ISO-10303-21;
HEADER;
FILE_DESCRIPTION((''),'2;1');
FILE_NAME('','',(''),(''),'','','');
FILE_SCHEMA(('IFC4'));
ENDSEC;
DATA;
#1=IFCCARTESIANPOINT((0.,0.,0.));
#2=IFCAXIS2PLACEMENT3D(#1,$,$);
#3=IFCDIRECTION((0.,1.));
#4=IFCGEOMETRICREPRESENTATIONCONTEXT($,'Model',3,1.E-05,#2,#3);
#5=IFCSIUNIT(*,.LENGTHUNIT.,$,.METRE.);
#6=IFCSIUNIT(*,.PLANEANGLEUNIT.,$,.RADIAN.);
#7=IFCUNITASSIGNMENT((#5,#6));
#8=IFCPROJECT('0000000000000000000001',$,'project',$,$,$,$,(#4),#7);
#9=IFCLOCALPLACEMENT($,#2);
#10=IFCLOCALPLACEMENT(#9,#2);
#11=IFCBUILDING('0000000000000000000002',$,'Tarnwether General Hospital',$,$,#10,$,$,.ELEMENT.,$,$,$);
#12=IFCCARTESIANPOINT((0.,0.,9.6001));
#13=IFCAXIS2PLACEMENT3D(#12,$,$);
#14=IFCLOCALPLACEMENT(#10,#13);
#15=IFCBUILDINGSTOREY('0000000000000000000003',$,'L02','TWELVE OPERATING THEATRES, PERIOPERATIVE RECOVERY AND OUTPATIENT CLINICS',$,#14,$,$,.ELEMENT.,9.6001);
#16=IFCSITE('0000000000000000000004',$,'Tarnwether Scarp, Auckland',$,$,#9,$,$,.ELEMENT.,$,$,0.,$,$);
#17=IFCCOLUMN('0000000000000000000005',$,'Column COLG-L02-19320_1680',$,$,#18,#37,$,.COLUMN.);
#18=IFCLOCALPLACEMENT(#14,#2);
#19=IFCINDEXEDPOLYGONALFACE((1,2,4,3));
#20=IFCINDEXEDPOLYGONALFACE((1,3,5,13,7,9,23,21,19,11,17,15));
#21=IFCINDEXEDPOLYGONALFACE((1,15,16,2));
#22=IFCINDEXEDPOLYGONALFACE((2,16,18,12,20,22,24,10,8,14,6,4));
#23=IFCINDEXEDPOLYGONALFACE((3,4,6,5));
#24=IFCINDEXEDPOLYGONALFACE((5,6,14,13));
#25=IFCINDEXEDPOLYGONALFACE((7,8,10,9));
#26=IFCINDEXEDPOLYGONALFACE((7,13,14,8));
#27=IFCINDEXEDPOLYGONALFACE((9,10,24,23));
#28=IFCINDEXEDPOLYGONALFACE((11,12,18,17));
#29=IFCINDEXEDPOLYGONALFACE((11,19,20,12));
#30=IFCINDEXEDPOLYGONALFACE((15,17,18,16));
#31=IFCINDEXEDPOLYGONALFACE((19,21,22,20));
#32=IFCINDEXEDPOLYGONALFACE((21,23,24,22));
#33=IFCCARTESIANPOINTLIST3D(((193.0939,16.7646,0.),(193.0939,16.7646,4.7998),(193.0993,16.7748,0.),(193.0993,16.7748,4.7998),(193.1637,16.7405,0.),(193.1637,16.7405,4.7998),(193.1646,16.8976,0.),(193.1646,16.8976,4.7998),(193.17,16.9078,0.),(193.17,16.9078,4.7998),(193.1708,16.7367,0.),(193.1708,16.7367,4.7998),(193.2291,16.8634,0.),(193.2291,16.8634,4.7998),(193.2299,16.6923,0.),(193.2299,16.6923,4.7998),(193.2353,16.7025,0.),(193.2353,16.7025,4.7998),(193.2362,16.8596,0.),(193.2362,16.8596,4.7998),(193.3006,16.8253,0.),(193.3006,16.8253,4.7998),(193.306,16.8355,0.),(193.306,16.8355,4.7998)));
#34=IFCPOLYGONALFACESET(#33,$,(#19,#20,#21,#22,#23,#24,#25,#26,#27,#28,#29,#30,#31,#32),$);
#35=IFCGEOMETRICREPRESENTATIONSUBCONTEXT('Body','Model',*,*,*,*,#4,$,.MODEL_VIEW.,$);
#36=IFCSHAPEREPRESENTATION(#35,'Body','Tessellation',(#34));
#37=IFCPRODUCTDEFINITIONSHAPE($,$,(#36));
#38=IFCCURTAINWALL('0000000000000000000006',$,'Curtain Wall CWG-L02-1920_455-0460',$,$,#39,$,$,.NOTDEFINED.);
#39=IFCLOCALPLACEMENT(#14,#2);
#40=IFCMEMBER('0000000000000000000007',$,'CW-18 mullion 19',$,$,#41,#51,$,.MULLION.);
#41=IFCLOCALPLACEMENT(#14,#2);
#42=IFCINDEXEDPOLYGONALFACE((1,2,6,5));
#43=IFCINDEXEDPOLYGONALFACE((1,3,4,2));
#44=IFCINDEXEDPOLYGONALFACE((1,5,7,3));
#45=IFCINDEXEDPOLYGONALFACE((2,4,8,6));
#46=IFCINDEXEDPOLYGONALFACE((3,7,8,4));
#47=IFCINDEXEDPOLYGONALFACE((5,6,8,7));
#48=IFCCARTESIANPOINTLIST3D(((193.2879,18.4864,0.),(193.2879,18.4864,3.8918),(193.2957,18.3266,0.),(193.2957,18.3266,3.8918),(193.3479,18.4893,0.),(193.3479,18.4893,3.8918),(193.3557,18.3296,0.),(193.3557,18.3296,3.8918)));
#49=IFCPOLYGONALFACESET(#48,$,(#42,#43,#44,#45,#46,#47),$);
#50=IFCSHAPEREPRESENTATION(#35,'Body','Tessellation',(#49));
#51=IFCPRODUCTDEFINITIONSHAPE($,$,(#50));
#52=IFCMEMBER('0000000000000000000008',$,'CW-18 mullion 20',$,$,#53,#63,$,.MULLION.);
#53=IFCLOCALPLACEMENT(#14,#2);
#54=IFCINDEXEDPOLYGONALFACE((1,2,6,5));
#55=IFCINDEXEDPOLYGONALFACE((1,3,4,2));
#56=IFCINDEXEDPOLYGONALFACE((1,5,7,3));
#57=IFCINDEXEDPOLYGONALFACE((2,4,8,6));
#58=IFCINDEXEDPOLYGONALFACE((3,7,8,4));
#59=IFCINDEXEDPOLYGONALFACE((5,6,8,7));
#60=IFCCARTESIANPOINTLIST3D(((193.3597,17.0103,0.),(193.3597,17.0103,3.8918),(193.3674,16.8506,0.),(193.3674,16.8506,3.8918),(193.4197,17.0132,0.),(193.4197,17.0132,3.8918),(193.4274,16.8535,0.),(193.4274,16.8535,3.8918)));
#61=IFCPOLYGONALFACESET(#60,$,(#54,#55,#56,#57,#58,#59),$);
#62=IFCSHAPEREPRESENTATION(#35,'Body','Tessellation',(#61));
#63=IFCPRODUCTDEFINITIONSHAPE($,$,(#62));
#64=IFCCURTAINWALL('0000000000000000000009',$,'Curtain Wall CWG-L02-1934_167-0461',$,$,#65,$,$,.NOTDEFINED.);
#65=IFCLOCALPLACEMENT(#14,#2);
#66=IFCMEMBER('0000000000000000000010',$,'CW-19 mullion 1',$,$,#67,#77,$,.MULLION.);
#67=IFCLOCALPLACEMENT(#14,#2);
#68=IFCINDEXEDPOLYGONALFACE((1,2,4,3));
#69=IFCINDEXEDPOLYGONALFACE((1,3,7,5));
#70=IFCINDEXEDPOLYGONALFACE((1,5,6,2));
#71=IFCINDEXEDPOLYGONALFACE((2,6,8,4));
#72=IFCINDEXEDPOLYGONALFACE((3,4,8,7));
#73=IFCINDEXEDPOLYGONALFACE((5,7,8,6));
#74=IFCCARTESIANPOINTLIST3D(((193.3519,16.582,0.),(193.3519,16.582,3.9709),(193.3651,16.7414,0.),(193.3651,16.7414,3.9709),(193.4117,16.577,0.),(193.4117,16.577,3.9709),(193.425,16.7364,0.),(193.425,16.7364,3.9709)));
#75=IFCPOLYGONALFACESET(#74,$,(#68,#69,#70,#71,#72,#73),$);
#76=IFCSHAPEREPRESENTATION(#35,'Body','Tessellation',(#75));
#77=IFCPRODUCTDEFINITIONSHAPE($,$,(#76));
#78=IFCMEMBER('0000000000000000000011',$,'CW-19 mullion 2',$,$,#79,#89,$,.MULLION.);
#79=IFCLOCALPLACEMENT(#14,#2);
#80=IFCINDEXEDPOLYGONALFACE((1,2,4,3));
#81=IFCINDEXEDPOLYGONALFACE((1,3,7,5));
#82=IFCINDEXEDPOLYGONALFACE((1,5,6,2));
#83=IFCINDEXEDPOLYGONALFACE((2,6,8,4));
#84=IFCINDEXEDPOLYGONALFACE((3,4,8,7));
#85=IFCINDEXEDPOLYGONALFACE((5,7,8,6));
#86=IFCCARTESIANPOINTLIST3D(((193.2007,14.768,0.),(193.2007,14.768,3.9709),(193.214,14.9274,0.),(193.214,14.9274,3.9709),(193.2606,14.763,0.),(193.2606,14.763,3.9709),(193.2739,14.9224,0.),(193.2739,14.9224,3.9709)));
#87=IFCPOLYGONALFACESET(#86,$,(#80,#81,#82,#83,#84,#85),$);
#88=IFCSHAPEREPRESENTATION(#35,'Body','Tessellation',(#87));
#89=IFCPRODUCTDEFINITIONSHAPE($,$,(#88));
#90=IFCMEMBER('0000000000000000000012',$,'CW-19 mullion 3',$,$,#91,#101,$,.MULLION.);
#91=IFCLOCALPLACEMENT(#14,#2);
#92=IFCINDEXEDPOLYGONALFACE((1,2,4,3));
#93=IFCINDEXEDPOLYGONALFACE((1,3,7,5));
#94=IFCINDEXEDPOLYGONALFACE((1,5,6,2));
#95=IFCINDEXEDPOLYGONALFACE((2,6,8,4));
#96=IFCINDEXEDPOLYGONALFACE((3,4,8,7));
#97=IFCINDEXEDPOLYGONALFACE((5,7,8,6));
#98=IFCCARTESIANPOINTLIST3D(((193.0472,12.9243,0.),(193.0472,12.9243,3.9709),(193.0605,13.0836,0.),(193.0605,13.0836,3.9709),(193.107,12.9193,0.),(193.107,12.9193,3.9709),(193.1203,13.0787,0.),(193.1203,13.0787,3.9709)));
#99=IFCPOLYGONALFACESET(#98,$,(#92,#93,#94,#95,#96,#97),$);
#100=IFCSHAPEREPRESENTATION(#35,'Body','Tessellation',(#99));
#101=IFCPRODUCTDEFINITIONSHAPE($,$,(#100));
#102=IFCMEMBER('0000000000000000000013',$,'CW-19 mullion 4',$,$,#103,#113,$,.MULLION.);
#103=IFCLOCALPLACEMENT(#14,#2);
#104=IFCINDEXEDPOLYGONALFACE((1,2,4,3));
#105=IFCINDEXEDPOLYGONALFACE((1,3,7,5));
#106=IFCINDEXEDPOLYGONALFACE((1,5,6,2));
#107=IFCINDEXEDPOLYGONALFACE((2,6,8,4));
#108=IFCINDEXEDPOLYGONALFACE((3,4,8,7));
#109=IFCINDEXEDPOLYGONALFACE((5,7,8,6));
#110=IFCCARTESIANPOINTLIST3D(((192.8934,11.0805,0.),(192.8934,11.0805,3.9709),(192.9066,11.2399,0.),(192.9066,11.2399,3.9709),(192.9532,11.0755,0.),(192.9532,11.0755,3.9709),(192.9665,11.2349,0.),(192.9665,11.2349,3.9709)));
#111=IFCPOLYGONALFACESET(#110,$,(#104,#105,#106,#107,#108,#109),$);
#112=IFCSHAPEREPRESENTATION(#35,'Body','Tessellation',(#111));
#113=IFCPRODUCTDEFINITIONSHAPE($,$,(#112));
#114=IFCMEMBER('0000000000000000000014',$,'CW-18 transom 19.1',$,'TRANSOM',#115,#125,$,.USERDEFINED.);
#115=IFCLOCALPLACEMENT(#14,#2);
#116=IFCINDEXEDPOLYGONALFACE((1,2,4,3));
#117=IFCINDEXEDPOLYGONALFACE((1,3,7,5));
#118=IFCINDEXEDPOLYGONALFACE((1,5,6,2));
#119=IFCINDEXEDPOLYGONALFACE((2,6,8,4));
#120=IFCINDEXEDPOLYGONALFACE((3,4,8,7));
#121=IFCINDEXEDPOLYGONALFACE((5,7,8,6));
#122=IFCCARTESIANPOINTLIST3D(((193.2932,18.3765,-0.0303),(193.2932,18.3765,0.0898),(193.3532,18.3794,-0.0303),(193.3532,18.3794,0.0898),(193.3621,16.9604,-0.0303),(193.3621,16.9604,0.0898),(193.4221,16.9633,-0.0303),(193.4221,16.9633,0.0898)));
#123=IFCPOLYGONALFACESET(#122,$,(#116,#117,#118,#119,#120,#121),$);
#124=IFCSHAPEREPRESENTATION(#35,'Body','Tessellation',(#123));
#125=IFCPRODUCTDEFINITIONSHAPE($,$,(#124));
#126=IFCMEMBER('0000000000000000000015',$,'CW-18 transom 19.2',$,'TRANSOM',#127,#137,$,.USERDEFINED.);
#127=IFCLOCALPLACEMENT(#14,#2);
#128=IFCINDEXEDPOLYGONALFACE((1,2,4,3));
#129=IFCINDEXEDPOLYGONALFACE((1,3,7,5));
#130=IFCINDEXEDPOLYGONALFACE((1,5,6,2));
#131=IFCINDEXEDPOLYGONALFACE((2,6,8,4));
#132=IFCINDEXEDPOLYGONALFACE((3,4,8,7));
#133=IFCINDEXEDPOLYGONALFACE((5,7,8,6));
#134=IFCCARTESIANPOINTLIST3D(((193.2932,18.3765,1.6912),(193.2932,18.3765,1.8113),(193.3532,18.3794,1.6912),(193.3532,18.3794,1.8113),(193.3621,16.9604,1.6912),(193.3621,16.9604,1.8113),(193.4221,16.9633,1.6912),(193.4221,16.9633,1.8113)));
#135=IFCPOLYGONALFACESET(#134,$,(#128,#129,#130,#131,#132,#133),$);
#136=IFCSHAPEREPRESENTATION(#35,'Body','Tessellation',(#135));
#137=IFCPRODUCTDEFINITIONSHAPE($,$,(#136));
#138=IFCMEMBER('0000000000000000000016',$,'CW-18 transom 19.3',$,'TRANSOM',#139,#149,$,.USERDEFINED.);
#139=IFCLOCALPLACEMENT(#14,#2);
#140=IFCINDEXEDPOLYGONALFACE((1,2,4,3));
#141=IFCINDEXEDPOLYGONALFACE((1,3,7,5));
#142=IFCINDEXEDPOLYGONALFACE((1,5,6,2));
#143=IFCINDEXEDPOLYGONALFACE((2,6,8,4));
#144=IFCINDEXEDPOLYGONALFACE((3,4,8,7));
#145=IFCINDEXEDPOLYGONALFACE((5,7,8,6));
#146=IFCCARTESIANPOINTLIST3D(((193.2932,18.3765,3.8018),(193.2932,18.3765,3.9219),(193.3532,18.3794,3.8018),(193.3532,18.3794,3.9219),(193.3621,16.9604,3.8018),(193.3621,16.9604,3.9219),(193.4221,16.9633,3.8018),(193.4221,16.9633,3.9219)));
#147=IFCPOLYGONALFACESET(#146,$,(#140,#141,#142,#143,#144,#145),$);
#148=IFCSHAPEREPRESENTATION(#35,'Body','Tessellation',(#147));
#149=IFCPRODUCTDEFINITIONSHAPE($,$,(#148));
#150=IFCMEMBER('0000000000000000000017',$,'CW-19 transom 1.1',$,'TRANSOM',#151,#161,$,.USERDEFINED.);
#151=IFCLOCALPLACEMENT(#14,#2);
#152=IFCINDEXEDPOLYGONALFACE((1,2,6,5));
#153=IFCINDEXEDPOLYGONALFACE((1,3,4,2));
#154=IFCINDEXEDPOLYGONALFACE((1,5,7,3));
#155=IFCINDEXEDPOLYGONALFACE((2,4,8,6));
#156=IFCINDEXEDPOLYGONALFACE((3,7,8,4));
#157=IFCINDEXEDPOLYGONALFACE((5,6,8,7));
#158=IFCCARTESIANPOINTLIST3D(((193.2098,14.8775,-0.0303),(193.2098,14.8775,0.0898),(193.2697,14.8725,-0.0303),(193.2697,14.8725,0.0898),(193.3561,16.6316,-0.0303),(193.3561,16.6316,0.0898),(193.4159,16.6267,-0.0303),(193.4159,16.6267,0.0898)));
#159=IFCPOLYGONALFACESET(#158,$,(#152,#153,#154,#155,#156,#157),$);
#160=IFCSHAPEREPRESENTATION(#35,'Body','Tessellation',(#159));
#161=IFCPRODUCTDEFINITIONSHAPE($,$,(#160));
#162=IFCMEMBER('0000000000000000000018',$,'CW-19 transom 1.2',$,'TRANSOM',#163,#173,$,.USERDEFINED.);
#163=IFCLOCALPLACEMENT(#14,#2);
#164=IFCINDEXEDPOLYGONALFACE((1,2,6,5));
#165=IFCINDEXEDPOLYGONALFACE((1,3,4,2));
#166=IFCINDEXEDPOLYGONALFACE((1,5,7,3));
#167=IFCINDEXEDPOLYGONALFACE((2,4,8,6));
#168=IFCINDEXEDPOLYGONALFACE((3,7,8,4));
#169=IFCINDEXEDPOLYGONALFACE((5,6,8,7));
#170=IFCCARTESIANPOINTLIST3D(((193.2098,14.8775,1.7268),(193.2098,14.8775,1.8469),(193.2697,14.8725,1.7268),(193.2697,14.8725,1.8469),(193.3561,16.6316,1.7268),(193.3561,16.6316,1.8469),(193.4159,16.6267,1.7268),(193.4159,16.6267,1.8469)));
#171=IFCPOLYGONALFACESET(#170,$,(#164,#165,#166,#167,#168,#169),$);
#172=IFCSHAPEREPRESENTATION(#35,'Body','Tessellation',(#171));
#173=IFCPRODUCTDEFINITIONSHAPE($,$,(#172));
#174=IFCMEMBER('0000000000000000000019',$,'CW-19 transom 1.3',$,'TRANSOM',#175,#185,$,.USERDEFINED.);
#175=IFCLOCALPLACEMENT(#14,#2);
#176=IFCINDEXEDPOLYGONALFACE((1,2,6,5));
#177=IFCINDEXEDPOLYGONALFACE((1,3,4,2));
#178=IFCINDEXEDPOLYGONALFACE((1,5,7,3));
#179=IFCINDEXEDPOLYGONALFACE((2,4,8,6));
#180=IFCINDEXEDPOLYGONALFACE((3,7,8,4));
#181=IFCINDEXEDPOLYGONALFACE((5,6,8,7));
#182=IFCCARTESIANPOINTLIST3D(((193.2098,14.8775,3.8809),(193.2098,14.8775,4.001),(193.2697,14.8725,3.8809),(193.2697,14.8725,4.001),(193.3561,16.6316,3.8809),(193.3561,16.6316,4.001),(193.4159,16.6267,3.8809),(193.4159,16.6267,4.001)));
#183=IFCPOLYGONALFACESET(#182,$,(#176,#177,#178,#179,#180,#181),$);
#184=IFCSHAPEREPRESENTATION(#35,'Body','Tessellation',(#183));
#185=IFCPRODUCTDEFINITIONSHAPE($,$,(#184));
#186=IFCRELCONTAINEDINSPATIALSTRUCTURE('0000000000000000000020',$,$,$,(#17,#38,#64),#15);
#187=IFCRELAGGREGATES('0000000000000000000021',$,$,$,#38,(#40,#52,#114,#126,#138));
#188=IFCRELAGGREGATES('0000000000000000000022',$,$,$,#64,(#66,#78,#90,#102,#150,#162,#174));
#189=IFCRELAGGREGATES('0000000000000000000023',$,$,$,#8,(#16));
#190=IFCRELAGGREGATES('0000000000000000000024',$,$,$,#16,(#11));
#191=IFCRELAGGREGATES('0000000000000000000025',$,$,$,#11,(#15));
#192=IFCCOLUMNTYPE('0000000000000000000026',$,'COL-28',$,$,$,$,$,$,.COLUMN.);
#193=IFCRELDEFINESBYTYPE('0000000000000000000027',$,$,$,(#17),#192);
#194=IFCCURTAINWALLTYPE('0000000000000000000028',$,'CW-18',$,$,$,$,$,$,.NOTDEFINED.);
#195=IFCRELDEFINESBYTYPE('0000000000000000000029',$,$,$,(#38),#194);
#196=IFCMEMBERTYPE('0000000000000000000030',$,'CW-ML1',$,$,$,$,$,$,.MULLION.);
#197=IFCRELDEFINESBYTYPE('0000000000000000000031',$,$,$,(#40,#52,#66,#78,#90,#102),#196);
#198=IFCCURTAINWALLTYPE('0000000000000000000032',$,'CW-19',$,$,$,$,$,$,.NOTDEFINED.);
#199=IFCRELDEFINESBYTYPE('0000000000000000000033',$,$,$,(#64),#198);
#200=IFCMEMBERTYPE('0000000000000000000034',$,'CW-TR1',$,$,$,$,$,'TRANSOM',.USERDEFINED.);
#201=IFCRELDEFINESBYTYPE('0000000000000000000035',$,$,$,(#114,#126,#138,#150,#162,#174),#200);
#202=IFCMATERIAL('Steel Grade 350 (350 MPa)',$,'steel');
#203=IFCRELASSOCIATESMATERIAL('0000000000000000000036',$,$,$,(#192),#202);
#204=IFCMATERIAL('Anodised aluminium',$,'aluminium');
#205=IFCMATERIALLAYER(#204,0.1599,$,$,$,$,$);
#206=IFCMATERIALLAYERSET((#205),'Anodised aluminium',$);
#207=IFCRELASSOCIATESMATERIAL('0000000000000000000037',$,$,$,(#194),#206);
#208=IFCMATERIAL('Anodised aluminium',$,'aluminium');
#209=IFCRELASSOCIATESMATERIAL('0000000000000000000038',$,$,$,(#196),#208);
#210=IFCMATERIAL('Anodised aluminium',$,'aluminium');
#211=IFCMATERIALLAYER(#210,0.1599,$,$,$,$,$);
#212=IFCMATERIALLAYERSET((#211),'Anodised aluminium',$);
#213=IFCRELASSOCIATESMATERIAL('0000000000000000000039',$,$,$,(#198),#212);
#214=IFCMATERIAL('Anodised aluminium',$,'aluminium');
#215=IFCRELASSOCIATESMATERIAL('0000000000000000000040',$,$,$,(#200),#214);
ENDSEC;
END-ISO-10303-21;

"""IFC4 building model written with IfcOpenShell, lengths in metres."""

from ifc_helpers import new_model, si_unit, direction, frame, origin, origin_2d, place, context, subcontext, project, spatial, rectangle, i_section, extrude, material, layer, layer_set, material_profile, profile_set, type_object, element, aggregate, save


model = new_model("IFC4")

# Units and contexts
model_context = context("Model", 3, precision=1e-05, world=origin(), true_north=direction((0.0, 1.0)))
body_context = subcontext(model_context, "Body", "Model", "MODEL_VIEW")
ifc_project = project(units=[si_unit("LENGTHUNIT", "METRE"), si_unit("PLANEANGLEUNIT", "RADIAN")], contexts=[model_context])

# Site, building, storey
site_placement = place(None, origin())
site = spatial("IfcSite", under=ifc_project, at=site_placement, Name="Tarnwether Scarp, Auckland", CompositionType="ELEMENT", RefElevation=0.0)
building_placement = place(site_placement, origin())
building = spatial("IfcBuilding", under=site, at=building_placement, Name="Tarnwether General Hospital", CompositionType="ELEMENT")
storey_placement = place(building_placement, frame((0.0, 0.0, 9.6001)))
storey = spatial("IfcBuildingStorey", under=building, at=storey_placement, Name="L02", Description="TWELVE OPERATING THEATRES, PERIOPERATIVE RECOVERY AND OUTPATIENT CLINICS", CompositionType="ELEMENT", Elevation=9.6001)

# Column
ifc_material_1 = material(Name="Steel Grade 350 (350 MPa)", Category="steel")
ifc_material_profile_1 = material_profile(ifc_material_1, i_section(OverallWidth=0.1541, OverallDepth=0.1621, WebThickness=0.0081, FlangeThickness=0.0115, at=origin_2d()), Name="150UC37.2")
ifc_profile_set_1 = profile_set([ifc_material_profile_1], Name="Steel Grade 350 (350 MPa)")
column_type = type_object("IfcColumnType", Name="COL-28", PredefinedType="COLUMN", material=ifc_profile_set_1)
column_placement = place(storey_placement, frame((193.2, 16.8, 0.0), z_axis=(0.0, 0.0, 1.0), x_axis=(0.882948, -0.469472, 0.0)))
element("IfcColumn", 1, at=column_placement, inside=storey, type_object=column_type, Name="Column COLG-L02-19320_1680", PredefinedType="COLUMN", context=body_context, shape_type="SweptSolid", body=[
    extrude(i_section(OverallWidth=0.1541, OverallDepth=0.1621, WebThickness=0.0081, FlangeThickness=0.0115, at=origin_2d()), origin(), (0.0, 0.0, 1.0), 4.7998),
])

# Curtain walls, members
ifc_material_2 = material(Name="Anodised aluminium", Category="aluminium")
ifc_layer_1 = layer(ifc_material_2, 0.1599)
ifc_layer_set_1 = layer_set([ifc_layer_1], Name="Anodised aluminium")
curtain_wall_type_1 = type_object("IfcCurtainWallType", Name="CW-18", PredefinedType="NOTDEFINED", material=ifc_layer_set_1)
curtain_wall_1_placement = place(storey_placement, origin())
curtain_wall_1 = element("IfcCurtainWall", 2, at=curtain_wall_1_placement, inside=storey, type_object=curtain_wall_type_1, Name="Curtain Wall CWG-L02-1920_455-0460", PredefinedType="NOTDEFINED")
ifc_material_3 = material(Name="Anodised aluminium", Category="aluminium")
ifc_material_profile_2 = material_profile(ifc_material_3, rectangle(XDim=0.0601, YDim=0.1599, at=origin_2d()), Name="ALU-MUL-60x160")
ifc_profile_set_2 = profile_set([ifc_material_profile_2], Name="Anodised aluminium")
member_type_1 = type_object("IfcMemberType", Name="CW-ML1", PredefinedType="MULLION", material=ifc_profile_set_2)
member_1_placement = place(storey_placement, frame((193.3218, 18.408, 0.0), z_axis=(0.0, 0.0, 1.0), x_axis=(0.99882, 0.04856, 0.0)))
member_1 = element("IfcMember", 3, at=member_1_placement, type_object=member_type_1, Name="CW-18 mullion 19", PredefinedType="MULLION", context=body_context, shape_type="SweptSolid", body=[
    extrude(rectangle(XDim=0.0601, YDim=0.1599, at=origin_2d()), origin(), (0.0, 0.0, 1.0), 3.8918),
])
member_2_placement = place(storey_placement, frame((193.3936, 16.9319, 0.0), z_axis=(0.0, 0.0, 1.0), x_axis=(0.99882, 0.04856, 0.0)))
member_2 = element("IfcMember", 4, at=member_2_placement, type_object=member_type_1, Name="CW-18 mullion 20", PredefinedType="MULLION", context=body_context, shape_type="SweptSolid", body=[
    extrude(rectangle(XDim=0.0601, YDim=0.1599, at=origin_2d()), origin(), (0.0, 0.0, 1.0), 3.8918),
])
ifc_material_4 = material(Name="Anodised aluminium", Category="aluminium")
ifc_layer_2 = layer(ifc_material_4, 0.1599)
ifc_layer_set_2 = layer_set([ifc_layer_2], Name="Anodised aluminium")
curtain_wall_type_2 = type_object("IfcCurtainWallType", Name="CW-19", PredefinedType="NOTDEFINED", material=ifc_layer_set_2)
curtain_wall_2_placement = place(storey_placement, origin())
curtain_wall_2 = element("IfcCurtainWall", 5, at=curtain_wall_2_placement, inside=storey, type_object=curtain_wall_type_2, Name="Curtain Wall CWG-L02-1934_167-0461", PredefinedType="NOTDEFINED")
member_3_placement = place(storey_placement, frame((193.3884, 16.6592, 0.0), z_axis=(0.0, 0.0, 1.0), x_axis=(0.996545, -0.083055, 0.0)))
member_3 = element("IfcMember", 6, at=member_3_placement, type_object=member_type_1, Name="CW-19 mullion 1", PredefinedType="MULLION", context=body_context, shape_type="SweptSolid", body=[
    extrude(rectangle(XDim=0.0601, YDim=0.1599, at=origin_2d()), origin(), (0.0, 0.0, 1.0), 3.9709),
])
member_4_placement = place(storey_placement, frame((193.2373, 14.8452, 0.0), z_axis=(0.0, 0.0, 1.0), x_axis=(0.996545, -0.083055, 0.0)))
member_4 = element("IfcMember", 7, at=member_4_placement, type_object=member_type_1, Name="CW-19 mullion 2", PredefinedType="MULLION", context=body_context, shape_type="SweptSolid", body=[
    extrude(rectangle(XDim=0.0601, YDim=0.1599, at=origin_2d()), origin(), (0.0, 0.0, 1.0), 3.9709),
])
member_5_placement = place(storey_placement, frame((193.0837, 13.0015, 0.0), z_axis=(0.0, 0.0, 1.0), x_axis=(0.996545, -0.083055, 0.0)))
member_5 = element("IfcMember", 8, at=member_5_placement, type_object=member_type_1, Name="CW-19 mullion 3", PredefinedType="MULLION", context=body_context, shape_type="SweptSolid", body=[
    extrude(rectangle(XDim=0.0601, YDim=0.1599, at=origin_2d()), origin(), (0.0, 0.0, 1.0), 3.9709),
])
member_6_placement = place(storey_placement, frame((192.9299, 11.1577, 0.0), z_axis=(0.0, 0.0, 1.0), x_axis=(0.996545, -0.083055, 0.0)))
member_6 = element("IfcMember", 9, at=member_6_placement, type_object=member_type_1, Name="CW-19 mullion 4", PredefinedType="MULLION", context=body_context, shape_type="SweptSolid", body=[
    extrude(rectangle(XDim=0.0601, YDim=0.1599, at=origin_2d()), origin(), (0.0, 0.0, 1.0), 3.9709),
])

# Members
ifc_material_5 = material(Name="Anodised aluminium", Category="aluminium")
ifc_material_profile_3 = material_profile(ifc_material_5, rectangle(XDim=0.0601, YDim=0.1201, at=origin_2d()), Name="ALU-TRN-60x120")
ifc_profile_set_3 = profile_set([ifc_material_profile_3], Name="Anodised aluminium")
member_type_2 = type_object("IfcMemberType", Name="CW-TR1", ElementType="TRANSOM", PredefinedType="USERDEFINED", material=ifc_profile_set_3)
member_7_placement = place(storey_placement, frame((193.3232, 18.3779, 0.0298), z_axis=(0.048563, -0.99882, 0.0), x_axis=(0.99882, 0.048563, 0.0)))
member_7 = element("IfcMember", 10, at=member_7_placement, type_object=member_type_2, Name="CW-18 transom 19.1", ObjectType="TRANSOM", PredefinedType="USERDEFINED", context=body_context, shape_type="SweptSolid", body=[
    extrude(rectangle(XDim=0.0601, YDim=0.1201, at=origin_2d()), origin(), (0.0, 0.0, 1.0), 1.4177),
])
member_8_placement = place(storey_placement, frame((193.3232, 18.3779, 1.7512), z_axis=(0.048563, -0.99882, 0.0), x_axis=(0.99882, 0.048563, 0.0)))
member_8 = element("IfcMember", 11, at=member_8_placement, type_object=member_type_2, Name="CW-18 transom 19.2", ObjectType="TRANSOM", PredefinedType="USERDEFINED", context=body_context, shape_type="SweptSolid", body=[
    extrude(rectangle(XDim=0.0601, YDim=0.1201, at=origin_2d()), origin(), (0.0, 0.0, 1.0), 1.4177),
])
member_9_placement = place(storey_placement, frame((193.3232, 18.3779, 3.8618), z_axis=(0.048563, -0.99882, 0.0), x_axis=(0.99882, 0.048563, 0.0)))
member_9 = element("IfcMember", 12, at=member_9_placement, type_object=member_type_2, Name="CW-18 transom 19.3", ObjectType="TRANSOM", PredefinedType="USERDEFINED", context=body_context, shape_type="SweptSolid", body=[
    extrude(rectangle(XDim=0.0601, YDim=0.1201, at=origin_2d()), origin(), (0.0, 0.0, 1.0), 1.4177),
])
member_10_placement = place(storey_placement, frame((193.386, 16.6292, 0.0298), z_axis=(-0.08308, -0.996543, 0.0), x_axis=(0.996543, -0.08308, 0.0)))
member_10 = element("IfcMember", 13, at=member_10_placement, type_object=member_type_2, Name="CW-19 transom 1.1", ObjectType="TRANSOM", PredefinedType="USERDEFINED", context=body_context, shape_type="SweptSolid", body=[
    extrude(rectangle(XDim=0.0601, YDim=0.1201, at=origin_2d()), origin(), (0.0, 0.0, 1.0), 1.7603),
])
member_11_placement = place(storey_placement, frame((193.386, 16.6292, 1.7869), z_axis=(-0.08308, -0.996543, 0.0), x_axis=(0.996543, -0.08308, 0.0)))
member_11 = element("IfcMember", 14, at=member_11_placement, type_object=member_type_2, Name="CW-19 transom 1.2", ObjectType="TRANSOM", PredefinedType="USERDEFINED", context=body_context, shape_type="SweptSolid", body=[
    extrude(rectangle(XDim=0.0601, YDim=0.1201, at=origin_2d()), origin(), (0.0, 0.0, 1.0), 1.7603),
])
member_12_placement = place(storey_placement, frame((193.386, 16.6292, 3.9409), z_axis=(-0.08308, -0.996543, 0.0), x_axis=(0.996543, -0.08308, 0.0)))
member_12 = element("IfcMember", 15, at=member_12_placement, type_object=member_type_2, Name="CW-19 transom 1.3", ObjectType="TRANSOM", PredefinedType="USERDEFINED", context=body_context, shape_type="SweptSolid", body=[
    extrude(rectangle(XDim=0.0601, YDim=0.1201, at=origin_2d()), origin(), (0.0, 0.0, 1.0), 1.7603),
])

aggregate(curtain_wall_1, [member_1, member_2, member_7, member_8, member_9])
aggregate(curtain_wall_2, [member_3, member_4, member_5, member_6, member_10, member_11, member_12])

save(model, "model.ifc")
